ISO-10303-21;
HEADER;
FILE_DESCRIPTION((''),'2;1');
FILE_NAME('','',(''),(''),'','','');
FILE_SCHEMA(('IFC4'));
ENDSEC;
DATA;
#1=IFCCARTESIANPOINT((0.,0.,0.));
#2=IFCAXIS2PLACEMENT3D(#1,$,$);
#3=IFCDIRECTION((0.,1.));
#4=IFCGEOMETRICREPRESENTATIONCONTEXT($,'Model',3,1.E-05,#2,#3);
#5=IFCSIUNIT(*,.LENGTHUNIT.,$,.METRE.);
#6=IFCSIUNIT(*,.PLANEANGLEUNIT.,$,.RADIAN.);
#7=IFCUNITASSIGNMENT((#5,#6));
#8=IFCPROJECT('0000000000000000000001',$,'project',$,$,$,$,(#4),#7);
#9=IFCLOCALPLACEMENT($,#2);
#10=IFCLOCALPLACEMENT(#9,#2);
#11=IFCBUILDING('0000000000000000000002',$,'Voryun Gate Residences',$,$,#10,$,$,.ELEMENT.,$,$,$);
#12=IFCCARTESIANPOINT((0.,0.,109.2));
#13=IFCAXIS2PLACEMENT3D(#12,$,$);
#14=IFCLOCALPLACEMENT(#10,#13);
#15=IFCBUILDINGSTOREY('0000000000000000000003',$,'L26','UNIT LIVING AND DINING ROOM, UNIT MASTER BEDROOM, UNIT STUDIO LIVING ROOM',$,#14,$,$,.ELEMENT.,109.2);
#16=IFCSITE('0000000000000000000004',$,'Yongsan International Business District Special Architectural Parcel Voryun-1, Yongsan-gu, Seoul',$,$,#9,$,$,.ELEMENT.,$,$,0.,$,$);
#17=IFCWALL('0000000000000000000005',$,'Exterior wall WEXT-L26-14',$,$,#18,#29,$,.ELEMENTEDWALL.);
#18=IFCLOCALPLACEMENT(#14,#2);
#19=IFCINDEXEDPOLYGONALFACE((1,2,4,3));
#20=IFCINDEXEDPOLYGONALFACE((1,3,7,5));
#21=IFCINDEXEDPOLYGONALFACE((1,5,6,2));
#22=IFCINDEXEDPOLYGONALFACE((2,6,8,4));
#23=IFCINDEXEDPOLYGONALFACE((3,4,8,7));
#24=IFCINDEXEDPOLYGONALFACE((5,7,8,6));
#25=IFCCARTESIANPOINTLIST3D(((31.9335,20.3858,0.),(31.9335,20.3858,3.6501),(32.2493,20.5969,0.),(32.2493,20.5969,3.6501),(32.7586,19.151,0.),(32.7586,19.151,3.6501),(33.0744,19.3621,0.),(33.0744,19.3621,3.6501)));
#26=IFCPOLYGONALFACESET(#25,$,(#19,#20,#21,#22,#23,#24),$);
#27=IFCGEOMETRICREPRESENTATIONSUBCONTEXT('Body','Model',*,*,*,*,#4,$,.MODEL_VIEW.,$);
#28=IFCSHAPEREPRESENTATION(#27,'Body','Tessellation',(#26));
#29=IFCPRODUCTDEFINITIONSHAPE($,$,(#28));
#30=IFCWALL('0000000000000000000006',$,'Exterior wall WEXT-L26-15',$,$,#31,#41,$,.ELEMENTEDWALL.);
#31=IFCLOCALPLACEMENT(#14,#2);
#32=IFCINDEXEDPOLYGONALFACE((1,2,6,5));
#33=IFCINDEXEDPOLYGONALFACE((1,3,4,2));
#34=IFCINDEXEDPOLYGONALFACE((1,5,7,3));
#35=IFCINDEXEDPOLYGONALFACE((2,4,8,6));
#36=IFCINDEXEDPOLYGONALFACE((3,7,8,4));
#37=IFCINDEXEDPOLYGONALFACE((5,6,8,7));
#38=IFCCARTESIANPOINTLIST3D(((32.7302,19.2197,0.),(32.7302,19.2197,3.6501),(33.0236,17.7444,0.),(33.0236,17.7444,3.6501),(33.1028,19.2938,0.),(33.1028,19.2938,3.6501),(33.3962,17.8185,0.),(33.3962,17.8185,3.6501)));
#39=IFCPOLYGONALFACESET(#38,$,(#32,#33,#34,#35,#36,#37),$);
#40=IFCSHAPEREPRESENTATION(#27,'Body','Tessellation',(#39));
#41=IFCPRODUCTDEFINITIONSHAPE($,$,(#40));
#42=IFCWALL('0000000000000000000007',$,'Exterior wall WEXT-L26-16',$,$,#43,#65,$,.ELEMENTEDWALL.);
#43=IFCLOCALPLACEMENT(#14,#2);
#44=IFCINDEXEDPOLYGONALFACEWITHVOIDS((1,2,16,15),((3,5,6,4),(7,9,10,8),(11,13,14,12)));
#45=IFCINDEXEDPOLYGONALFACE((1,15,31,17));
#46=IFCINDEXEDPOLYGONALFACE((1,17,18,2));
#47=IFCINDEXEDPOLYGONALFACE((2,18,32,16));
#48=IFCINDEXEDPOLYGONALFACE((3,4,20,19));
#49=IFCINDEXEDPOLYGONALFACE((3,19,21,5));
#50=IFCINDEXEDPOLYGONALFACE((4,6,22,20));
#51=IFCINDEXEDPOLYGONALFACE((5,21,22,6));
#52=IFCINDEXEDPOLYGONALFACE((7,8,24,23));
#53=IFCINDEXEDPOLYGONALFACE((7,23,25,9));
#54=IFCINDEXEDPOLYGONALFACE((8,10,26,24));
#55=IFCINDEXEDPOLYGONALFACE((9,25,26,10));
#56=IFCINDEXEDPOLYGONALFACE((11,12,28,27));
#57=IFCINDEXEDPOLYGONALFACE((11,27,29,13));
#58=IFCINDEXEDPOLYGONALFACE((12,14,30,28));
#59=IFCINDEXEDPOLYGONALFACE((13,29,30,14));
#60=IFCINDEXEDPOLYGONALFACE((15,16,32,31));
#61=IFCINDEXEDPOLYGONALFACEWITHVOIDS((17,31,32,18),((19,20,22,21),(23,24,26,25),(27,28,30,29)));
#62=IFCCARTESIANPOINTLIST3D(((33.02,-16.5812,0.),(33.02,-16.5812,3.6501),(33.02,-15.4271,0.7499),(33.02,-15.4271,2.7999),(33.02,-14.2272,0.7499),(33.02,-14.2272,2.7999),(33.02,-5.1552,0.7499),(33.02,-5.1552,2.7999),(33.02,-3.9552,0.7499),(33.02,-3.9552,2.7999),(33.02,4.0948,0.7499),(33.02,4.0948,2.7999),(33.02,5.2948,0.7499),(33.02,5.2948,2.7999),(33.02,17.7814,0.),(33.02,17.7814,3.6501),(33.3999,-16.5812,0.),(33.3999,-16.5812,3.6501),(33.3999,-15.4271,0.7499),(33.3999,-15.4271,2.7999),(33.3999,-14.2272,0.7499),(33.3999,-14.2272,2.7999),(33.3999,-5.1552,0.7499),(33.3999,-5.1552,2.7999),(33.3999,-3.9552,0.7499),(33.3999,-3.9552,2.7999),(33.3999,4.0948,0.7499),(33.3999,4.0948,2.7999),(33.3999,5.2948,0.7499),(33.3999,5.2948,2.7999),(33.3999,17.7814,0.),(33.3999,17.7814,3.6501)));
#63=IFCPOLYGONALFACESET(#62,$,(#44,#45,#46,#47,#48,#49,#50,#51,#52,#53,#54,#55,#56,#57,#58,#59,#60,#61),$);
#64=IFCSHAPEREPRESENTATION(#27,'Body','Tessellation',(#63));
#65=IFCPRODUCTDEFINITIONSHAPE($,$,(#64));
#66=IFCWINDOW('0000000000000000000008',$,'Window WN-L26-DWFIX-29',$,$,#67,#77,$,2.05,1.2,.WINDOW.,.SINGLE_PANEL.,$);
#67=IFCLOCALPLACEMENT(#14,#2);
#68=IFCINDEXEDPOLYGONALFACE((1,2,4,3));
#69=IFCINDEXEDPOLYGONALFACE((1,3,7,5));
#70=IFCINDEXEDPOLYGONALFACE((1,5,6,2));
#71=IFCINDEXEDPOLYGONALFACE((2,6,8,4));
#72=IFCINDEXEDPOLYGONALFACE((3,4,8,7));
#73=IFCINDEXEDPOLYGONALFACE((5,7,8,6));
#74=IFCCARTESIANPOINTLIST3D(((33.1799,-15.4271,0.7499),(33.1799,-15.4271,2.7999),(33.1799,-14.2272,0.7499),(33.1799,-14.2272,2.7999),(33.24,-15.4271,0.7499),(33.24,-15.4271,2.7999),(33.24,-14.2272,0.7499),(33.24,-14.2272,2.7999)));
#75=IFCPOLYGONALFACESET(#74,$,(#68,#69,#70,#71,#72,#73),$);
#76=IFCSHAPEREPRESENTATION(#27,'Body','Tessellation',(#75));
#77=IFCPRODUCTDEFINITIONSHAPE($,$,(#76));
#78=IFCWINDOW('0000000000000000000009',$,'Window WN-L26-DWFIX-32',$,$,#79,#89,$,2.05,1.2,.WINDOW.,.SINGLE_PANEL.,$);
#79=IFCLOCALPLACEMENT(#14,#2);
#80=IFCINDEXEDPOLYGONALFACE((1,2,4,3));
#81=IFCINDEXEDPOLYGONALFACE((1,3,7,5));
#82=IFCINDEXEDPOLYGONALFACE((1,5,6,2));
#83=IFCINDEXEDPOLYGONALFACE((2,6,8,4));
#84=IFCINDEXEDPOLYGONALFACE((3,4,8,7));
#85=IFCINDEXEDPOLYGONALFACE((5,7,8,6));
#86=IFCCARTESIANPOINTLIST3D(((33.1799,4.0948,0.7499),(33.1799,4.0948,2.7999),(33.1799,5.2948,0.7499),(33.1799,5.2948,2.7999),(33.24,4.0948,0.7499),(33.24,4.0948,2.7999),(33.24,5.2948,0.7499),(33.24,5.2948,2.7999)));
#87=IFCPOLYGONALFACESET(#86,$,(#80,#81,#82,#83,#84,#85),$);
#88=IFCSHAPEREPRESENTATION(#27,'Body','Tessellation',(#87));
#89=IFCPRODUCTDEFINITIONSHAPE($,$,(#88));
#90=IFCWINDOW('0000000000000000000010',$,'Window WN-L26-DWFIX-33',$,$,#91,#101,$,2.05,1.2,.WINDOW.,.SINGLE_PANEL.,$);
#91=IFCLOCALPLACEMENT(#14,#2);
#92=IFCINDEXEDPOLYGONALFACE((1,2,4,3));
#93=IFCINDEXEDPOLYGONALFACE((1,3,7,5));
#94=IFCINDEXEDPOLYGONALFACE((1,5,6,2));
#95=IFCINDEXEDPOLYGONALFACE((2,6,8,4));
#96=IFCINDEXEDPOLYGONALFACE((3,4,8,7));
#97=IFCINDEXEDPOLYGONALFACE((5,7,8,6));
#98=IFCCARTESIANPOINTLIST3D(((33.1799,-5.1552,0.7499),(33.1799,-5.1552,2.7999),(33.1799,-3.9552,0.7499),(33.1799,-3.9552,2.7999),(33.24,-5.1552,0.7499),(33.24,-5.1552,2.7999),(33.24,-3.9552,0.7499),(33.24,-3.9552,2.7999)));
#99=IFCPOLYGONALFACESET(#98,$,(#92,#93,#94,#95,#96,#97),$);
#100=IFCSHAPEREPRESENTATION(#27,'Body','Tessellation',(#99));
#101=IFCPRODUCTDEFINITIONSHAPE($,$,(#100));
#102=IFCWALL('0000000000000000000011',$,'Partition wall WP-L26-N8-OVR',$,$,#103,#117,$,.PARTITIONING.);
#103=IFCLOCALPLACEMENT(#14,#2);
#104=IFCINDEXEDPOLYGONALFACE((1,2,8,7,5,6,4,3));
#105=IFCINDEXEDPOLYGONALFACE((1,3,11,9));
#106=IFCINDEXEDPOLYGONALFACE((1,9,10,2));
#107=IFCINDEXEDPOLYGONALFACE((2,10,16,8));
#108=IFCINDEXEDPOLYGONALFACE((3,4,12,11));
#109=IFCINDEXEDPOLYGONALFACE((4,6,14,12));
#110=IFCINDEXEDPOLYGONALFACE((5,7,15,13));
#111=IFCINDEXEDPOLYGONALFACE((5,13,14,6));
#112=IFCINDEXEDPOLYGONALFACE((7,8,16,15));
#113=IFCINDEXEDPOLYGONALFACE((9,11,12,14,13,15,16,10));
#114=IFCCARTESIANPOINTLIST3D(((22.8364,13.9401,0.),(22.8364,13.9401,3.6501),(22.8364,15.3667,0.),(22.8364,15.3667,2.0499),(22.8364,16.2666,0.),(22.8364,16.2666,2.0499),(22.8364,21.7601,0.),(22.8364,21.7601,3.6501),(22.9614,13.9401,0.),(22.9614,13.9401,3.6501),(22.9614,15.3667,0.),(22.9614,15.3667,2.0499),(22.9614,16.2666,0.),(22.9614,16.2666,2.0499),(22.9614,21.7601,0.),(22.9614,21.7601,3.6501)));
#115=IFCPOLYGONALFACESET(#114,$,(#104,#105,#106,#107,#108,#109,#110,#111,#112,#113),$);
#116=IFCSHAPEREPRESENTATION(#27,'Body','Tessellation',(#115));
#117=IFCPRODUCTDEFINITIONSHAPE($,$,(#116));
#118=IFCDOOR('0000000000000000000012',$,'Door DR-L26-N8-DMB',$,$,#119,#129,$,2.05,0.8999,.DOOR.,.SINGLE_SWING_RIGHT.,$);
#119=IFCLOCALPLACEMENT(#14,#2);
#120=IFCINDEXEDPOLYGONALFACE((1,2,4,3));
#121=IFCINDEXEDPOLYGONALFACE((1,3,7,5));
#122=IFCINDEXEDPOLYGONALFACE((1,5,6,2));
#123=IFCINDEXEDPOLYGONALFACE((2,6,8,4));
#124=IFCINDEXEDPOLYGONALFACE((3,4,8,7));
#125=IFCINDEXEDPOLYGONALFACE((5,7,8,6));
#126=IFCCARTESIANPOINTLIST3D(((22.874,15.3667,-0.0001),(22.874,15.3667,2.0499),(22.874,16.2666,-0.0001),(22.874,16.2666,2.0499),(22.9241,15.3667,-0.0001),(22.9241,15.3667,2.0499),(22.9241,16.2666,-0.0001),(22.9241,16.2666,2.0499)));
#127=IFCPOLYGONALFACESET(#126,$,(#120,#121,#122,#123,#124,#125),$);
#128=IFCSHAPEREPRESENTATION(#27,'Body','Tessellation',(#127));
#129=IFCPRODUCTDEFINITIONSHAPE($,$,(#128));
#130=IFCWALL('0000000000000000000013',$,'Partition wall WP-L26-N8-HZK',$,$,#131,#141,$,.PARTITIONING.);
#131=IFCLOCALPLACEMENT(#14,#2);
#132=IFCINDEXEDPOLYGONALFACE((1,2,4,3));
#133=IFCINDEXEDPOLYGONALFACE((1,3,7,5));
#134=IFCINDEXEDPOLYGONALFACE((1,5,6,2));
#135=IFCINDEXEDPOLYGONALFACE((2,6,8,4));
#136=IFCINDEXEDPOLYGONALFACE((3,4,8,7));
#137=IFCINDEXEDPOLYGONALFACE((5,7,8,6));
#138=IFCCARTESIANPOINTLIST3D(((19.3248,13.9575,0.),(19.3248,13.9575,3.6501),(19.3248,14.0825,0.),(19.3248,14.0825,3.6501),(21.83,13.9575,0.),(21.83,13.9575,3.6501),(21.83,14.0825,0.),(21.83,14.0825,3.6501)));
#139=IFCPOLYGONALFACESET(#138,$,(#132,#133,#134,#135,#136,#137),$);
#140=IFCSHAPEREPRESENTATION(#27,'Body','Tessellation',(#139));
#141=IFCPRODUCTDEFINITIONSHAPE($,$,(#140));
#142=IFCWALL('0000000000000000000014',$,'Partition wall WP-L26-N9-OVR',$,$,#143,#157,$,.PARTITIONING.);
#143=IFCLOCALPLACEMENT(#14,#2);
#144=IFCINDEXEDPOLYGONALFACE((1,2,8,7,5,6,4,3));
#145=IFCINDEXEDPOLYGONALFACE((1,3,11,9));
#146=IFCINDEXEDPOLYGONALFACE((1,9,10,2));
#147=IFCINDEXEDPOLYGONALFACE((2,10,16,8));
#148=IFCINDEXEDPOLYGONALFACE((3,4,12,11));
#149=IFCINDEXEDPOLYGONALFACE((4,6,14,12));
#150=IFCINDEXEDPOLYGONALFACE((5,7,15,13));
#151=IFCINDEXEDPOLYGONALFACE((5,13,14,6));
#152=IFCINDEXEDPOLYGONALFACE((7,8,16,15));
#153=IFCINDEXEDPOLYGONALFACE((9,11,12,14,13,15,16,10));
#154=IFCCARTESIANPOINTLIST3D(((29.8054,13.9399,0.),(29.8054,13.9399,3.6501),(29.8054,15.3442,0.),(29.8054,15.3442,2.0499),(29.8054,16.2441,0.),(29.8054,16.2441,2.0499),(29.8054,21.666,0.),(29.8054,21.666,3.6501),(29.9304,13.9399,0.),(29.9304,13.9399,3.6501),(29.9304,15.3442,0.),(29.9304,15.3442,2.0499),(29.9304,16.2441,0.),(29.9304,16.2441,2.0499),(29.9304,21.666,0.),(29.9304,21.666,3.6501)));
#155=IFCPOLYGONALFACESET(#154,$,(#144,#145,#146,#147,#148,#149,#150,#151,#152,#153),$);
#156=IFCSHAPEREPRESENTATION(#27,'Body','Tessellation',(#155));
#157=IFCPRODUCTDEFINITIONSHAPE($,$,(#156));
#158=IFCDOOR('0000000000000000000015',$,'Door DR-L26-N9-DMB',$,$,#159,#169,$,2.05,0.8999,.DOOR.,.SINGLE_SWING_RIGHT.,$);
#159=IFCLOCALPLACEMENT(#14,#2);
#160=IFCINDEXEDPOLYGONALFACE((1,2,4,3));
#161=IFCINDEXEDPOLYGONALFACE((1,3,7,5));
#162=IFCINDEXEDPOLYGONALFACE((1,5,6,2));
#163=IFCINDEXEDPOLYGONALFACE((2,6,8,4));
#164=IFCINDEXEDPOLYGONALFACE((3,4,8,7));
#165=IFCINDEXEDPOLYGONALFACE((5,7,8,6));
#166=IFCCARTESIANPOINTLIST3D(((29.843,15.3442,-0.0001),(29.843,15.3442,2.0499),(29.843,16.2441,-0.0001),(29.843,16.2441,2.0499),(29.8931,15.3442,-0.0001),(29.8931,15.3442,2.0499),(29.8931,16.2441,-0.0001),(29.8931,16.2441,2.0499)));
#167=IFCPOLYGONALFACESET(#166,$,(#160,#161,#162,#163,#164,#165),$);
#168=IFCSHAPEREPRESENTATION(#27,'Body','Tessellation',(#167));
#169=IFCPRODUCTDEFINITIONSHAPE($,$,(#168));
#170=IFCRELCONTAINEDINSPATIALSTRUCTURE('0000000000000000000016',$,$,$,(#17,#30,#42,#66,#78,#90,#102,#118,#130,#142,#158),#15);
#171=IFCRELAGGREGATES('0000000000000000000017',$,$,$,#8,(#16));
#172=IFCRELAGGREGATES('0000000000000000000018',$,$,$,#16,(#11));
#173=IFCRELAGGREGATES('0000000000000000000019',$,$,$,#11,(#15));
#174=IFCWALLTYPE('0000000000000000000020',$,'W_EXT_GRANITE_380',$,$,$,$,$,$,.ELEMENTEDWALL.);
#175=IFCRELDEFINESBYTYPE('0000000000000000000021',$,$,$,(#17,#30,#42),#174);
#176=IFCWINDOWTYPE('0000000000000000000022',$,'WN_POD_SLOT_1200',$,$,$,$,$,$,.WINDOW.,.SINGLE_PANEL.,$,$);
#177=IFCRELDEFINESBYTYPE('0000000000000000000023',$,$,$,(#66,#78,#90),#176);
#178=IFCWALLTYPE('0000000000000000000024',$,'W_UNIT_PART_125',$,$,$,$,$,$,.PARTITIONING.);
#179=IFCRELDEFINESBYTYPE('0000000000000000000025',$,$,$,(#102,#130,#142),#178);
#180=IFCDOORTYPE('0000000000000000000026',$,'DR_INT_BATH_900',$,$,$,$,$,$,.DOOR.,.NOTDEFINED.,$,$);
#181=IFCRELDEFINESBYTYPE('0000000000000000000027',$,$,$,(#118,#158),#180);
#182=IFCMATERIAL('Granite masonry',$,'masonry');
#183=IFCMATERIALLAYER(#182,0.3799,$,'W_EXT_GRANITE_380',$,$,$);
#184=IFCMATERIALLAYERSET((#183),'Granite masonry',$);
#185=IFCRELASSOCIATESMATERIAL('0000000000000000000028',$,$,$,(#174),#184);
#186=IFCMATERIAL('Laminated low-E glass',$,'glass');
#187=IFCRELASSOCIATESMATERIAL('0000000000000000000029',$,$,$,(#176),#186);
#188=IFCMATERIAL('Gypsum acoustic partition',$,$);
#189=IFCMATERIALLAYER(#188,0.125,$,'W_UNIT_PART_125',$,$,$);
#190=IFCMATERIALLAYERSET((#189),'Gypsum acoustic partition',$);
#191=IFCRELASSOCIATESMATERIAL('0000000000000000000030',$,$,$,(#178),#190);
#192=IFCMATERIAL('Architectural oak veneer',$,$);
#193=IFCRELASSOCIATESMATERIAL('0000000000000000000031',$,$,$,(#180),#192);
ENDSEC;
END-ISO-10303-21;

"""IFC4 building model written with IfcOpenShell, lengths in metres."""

from ifc_helpers import new_model, si_unit, direction, frame, frame_2d, origin, place, context, subcontext, project, spatial, rectangle, extrude, material, layer, layer_set, type_object, element, fill, save


model = new_model("IFC4")

# Units and contexts
model_context = context("Model", 3, precision=1e-05, world=origin(), true_north=direction((0.0, 1.0)))
body_context = subcontext(model_context, "Body", "Model", "MODEL_VIEW")
ifc_project = project(units=[si_unit("LENGTHUNIT", "METRE"), si_unit("PLANEANGLEUNIT", "RADIAN")], contexts=[model_context])

# Site, building, storey
site_placement = place(None, origin())
site = spatial("IfcSite", under=ifc_project, at=site_placement, Name="Yongsan International Business District Special Architectural Parcel Voryun-1, Yongsan-gu, Seoul", CompositionType="ELEMENT", RefElevation=0.0)
building_placement = place(site_placement, origin())
building = spatial("IfcBuilding", under=site, at=building_placement, Name="Voryun Gate Residences", CompositionType="ELEMENT")
storey_placement = place(building_placement, frame((0.0, 0.0, 109.2)))
storey = spatial("IfcBuildingStorey", under=building, at=storey_placement, Name="L26", Description="UNIT LIVING AND DINING ROOM, UNIT MASTER BEDROOM, UNIT STUDIO LIVING ROOM", CompositionType="ELEMENT", Elevation=109.2)

# Shared definitions
ifc_material_1 = material(Name="Granite masonry", Category="masonry")
ifc_layer_1 = layer(ifc_material_1, 0.3799, Name="W_EXT_GRANITE_380")
ifc_layer_set_1 = layer_set([ifc_layer_1], Name="Granite masonry")
wall_type_1 = type_object("IfcWallType", Name="W_EXT_GRANITE_380", PredefinedType="ELEMENTEDWALL", material=ifc_layer_set_1)

# Walls
wall_1_placement = place(storey_placement, frame((32.0913, 20.4915, 0.0), z_axis=(0.0, 0.0, 1.0), x_axis=(0.55561, -0.831443, 0.0)))
element("IfcWall", 1, at=wall_1_placement, inside=storey, type_object=wall_type_1, Name="Exterior wall WEXT-L26-14", PredefinedType="ELEMENTEDWALL", context=body_context, shape_type="SweptSolid", body=[
    extrude(rectangle(XDim=1.4851, YDim=0.3799, at=frame_2d((0.7427, 0.0))), origin(), (0.0, 0.0, 1.0), 3.6501),
])
wall_2_placement = place(storey_placement, frame((32.9165, 19.2566, 0.0), z_axis=(0.0, 0.0, 1.0), x_axis=(0.195086, -0.980786, 0.0)))
element("IfcWall", 2, at=wall_2_placement, inside=storey, type_object=wall_type_1, Name="Exterior wall WEXT-L26-15", PredefinedType="ELEMENTEDWALL", context=body_context, shape_type="SweptSolid", body=[
    extrude(rectangle(XDim=1.5042, YDim=0.3799, at=frame_2d((0.752, 0.0))), origin(), (0.0, 0.0, 1.0), 3.6501),
])

# Wall, openings, windows
wall_3_placement = place(storey_placement, frame((33.21, 17.7812, 0.0), z_axis=(0.0, 0.0, 1.0), x_axis=(0.0, -1.0, 0.0)))
wall_3 = element("IfcWall", 3, at=wall_3_placement, inside=storey, type_object=wall_type_1, Name="Exterior wall WEXT-L26-16", PredefinedType="ELEMENTEDWALL", context=body_context, shape_type="SweptSolid", body=[
    extrude(rectangle(XDim=34.3625, YDim=0.3799, at=frame_2d((17.1812, 0.0))), origin(), (0.0, 0.0, 1.0), 3.6501),
])
opening_1_placement = place(wall_3_placement, frame((32.0083, 0.0, 0.75)))
opening_1 = element("IfcOpeningElement", 4, at=opening_1_placement, cuts=wall_3, PredefinedType="OPENING", context=body_context, shape_type="SweptSolid", body=[
    extrude(rectangle(XDim=1.2, YDim=2.05, at=frame_2d((0.6001, 1.0249))), frame((0.0, 0.2, 0.0), z_axis=(0.0, -1.0, 0.0), x_axis=(1.0, 0.0, 0.0)), (0.0, 0.0, 1.0), 0.3999),
])
opening_2_placement = place(wall_3_placement, frame((12.4863, 0.0, 0.75)))
opening_2 = element("IfcOpeningElement", 5, at=opening_2_placement, cuts=wall_3, PredefinedType="OPENING", context=body_context, shape_type="SweptSolid", body=[
    extrude(rectangle(XDim=1.2, YDim=2.05, at=frame_2d((0.6001, 1.0249))), frame((0.0, 0.2, 0.0), z_axis=(0.0, -1.0, 0.0), x_axis=(1.0, 0.0, 0.0)), (0.0, 0.0, 1.0), 0.3999),
])
opening_3_placement = place(wall_3_placement, frame((21.7363, 0.0, 0.75)))
opening_3 = element("IfcOpeningElement", 6, at=opening_3_placement, cuts=wall_3, PredefinedType="OPENING", context=body_context, shape_type="SweptSolid", body=[
    extrude(rectangle(XDim=1.2, YDim=2.05, at=frame_2d((0.6001, 1.0249))), frame((0.0, 0.2, 0.0), z_axis=(0.0, -1.0, 0.0), x_axis=(1.0, 0.0, 0.0)), (0.0, 0.0, 1.0), 0.3999),
])
ifc_material_2 = material(Name="Laminated low-E glass", Category="glass")
window_type_1 = type_object("IfcWindowType", Name="WN_POD_SLOT_1200", PartitioningType="SINGLE_PANEL", PredefinedType="WINDOW", material=ifc_material_2)
window_1_placement = place(opening_1_placement, origin())
window_1 = element("IfcWindow", 7, at=window_1_placement, inside=storey, type_object=window_type_1, Name="Window WN-L26-DWFIX-29", OverallHeight=2.05, OverallWidth=1.2, PartitioningType="SINGLE_PANEL", PredefinedType="WINDOW", context=body_context, shape_type="SweptSolid", body=[
    extrude(rectangle(XDim=1.2, YDim=2.05, at=frame_2d((0.6001, 1.0249))), frame((0.0, 0.03, 0.0), z_axis=(0.0, -1.0, 0.0), x_axis=(1.0, 0.0, 0.0)), (0.0, 0.0, 1.0), 0.0601),
])
fill(opening_1, window_1)
window_2_placement = place(opening_2_placement, origin())
window_2 = element("IfcWindow", 8, at=window_2_placement, inside=storey, type_object=window_type_1, Name="Window WN-L26-DWFIX-32", OverallHeight=2.05, OverallWidth=1.2, PartitioningType="SINGLE_PANEL", PredefinedType="WINDOW", context=body_context, shape_type="SweptSolid", body=[
    extrude(rectangle(XDim=1.2, YDim=2.05, at=frame_2d((0.6001, 1.0249))), frame((0.0, 0.03, 0.0), z_axis=(0.0, -1.0, 0.0), x_axis=(1.0, 0.0, 0.0)), (0.0, 0.0, 1.0), 0.0601),
])
fill(opening_2, window_2)
window_3_placement = place(opening_3_placement, origin())
window_3 = element("IfcWindow", 9, at=window_3_placement, inside=storey, type_object=window_type_1, Name="Window WN-L26-DWFIX-33", OverallHeight=2.05, OverallWidth=1.2, PartitioningType="SINGLE_PANEL", PredefinedType="WINDOW", context=body_context, shape_type="SweptSolid", body=[
    extrude(rectangle(XDim=1.2, YDim=2.05, at=frame_2d((0.6001, 1.0249))), frame((0.0, 0.03, 0.0), z_axis=(0.0, -1.0, 0.0), x_axis=(1.0, 0.0, 0.0)), (0.0, 0.0, 1.0), 0.0601),
])
fill(opening_3, window_3)

# Wall, opening, door
ifc_material_3 = material(Name="Gypsum acoustic partition")
ifc_layer_2 = layer(ifc_material_3, 0.125, Name="W_UNIT_PART_125")
ifc_layer_set_2 = layer_set([ifc_layer_2], Name="Gypsum acoustic partition")
wall_type_2 = type_object("IfcWallType", Name="W_UNIT_PART_125", PredefinedType="PARTITIONING", material=ifc_layer_set_2)
wall_4_placement = place(storey_placement, frame((22.8989, 13.9399, 0.0), z_axis=(0.0, 0.0, 1.0), x_axis=(0.0, 1.0, 0.0)))
wall_4 = element("IfcWall", 10, at=wall_4_placement, inside=storey, type_object=wall_type_2, Name="Partition wall WP-L26-N8-OVR", PredefinedType="PARTITIONING", context=body_context, shape_type="SweptSolid", body=[
    extrude(rectangle(XDim=7.8201, YDim=0.125, at=frame_2d((3.9102, 0.0))), origin(), (0.0, 0.0, 1.0), 3.6501),
])
opening_4_placement = place(wall_4_placement, frame((1.4268, 0.0, 0.0)))
opening_4 = element("IfcOpeningElement", 11, at=opening_4_placement, cuts=wall_4, PredefinedType="OPENING", context=body_context, shape_type="SweptSolid", body=[
    extrude(rectangle(XDim=0.8999, YDim=2.05, at=frame_2d((0.45, 1.0249))), frame((0.0, 0.0725, 0.0), z_axis=(0.0, -1.0, 0.0), x_axis=(1.0, 0.0, 0.0)), (0.0, 0.0, 1.0), 0.145),
])
ifc_material_4 = material(Name="Architectural oak veneer")
door_type_1 = type_object("IfcDoorType", Name="DR_INT_BATH_900", OperationType="NOTDEFINED", PredefinedType="DOOR", material=ifc_material_4)
door_1_placement = place(opening_4_placement, origin())
door_1 = element("IfcDoor", 12, at=door_1_placement, inside=storey, type_object=door_type_1, Name="Door DR-L26-N8-DMB", OperationType="SINGLE_SWING_RIGHT", OverallHeight=2.05, OverallWidth=0.8999, PredefinedType="DOOR", context=body_context, shape_type="SweptSolid", body=[
    extrude(rectangle(XDim=0.8999, YDim=2.05, at=frame_2d((0.45, 1.0249))), frame((0.0, 0.0249, 0.0), z_axis=(0.0, -1.0, 0.0), x_axis=(1.0, 0.0, 0.0)), (0.0, 0.0, 1.0), 0.05),
])
fill(opening_4, door_1)

# Wall
wall_5_placement = place(storey_placement, frame((19.325, 14.02, 0.0), z_axis=(0.0, 0.0, 1.0), x_axis=(1.0, 0.0, 0.0)))
element("IfcWall", 13, at=wall_5_placement, inside=storey, type_object=wall_type_2, Name="Partition wall WP-L26-N8-HZK", PredefinedType="PARTITIONING", context=body_context, shape_type="SweptSolid", body=[
    extrude(rectangle(XDim=2.5051, YDim=0.125, at=frame_2d((1.2524, 0.0))), origin(), (0.0, 0.0, 1.0), 3.6501),
])

# Wall, opening, door
wall_6_placement = place(storey_placement, frame((29.8679, 13.9399, 0.0), z_axis=(0.0, 0.0, 1.0), x_axis=(0.0, 1.0, 0.0)))
wall_6 = element("IfcWall", 14, at=wall_6_placement, inside=storey, type_object=wall_type_2, Name="Partition wall WP-L26-N9-OVR", PredefinedType="PARTITIONING", context=body_context, shape_type="SweptSolid", body=[
    extrude(rectangle(XDim=7.7261, YDim=0.125, at=frame_2d((3.863, 0.0))), origin(), (0.0, 0.0, 1.0), 3.6501),
])
opening_5_placement = place(wall_6_placement, frame((1.4043, 0.0, 0.0)))
opening_5 = element("IfcOpeningElement", 15, at=opening_5_placement, cuts=wall_6, PredefinedType="OPENING", context=body_context, shape_type="SweptSolid", body=[
    extrude(rectangle(XDim=0.8999, YDim=2.05, at=frame_2d((0.45, 1.0249))), frame((0.0, 0.0725, 0.0), z_axis=(0.0, -1.0, 0.0), x_axis=(1.0, 0.0, 0.0)), (0.0, 0.0, 1.0), 0.145),
])
door_2_placement = place(opening_5_placement, origin())
door_2 = element("IfcDoor", 16, at=door_2_placement, inside=storey, type_object=door_type_1, Name="Door DR-L26-N9-DMB", OperationType="SINGLE_SWING_RIGHT", OverallHeight=2.05, OverallWidth=0.8999, PredefinedType="DOOR", context=body_context, shape_type="SweptSolid", body=[
    extrude(rectangle(XDim=0.8999, YDim=2.05, at=frame_2d((0.45, 1.0249))), frame((0.0, 0.0249, 0.0), z_axis=(0.0, -1.0, 0.0), x_axis=(1.0, 0.0, 0.0)), (0.0, 0.0, 1.0), 0.05),
])
fill(opening_5, door_2)

save(model, "model.ifc")
